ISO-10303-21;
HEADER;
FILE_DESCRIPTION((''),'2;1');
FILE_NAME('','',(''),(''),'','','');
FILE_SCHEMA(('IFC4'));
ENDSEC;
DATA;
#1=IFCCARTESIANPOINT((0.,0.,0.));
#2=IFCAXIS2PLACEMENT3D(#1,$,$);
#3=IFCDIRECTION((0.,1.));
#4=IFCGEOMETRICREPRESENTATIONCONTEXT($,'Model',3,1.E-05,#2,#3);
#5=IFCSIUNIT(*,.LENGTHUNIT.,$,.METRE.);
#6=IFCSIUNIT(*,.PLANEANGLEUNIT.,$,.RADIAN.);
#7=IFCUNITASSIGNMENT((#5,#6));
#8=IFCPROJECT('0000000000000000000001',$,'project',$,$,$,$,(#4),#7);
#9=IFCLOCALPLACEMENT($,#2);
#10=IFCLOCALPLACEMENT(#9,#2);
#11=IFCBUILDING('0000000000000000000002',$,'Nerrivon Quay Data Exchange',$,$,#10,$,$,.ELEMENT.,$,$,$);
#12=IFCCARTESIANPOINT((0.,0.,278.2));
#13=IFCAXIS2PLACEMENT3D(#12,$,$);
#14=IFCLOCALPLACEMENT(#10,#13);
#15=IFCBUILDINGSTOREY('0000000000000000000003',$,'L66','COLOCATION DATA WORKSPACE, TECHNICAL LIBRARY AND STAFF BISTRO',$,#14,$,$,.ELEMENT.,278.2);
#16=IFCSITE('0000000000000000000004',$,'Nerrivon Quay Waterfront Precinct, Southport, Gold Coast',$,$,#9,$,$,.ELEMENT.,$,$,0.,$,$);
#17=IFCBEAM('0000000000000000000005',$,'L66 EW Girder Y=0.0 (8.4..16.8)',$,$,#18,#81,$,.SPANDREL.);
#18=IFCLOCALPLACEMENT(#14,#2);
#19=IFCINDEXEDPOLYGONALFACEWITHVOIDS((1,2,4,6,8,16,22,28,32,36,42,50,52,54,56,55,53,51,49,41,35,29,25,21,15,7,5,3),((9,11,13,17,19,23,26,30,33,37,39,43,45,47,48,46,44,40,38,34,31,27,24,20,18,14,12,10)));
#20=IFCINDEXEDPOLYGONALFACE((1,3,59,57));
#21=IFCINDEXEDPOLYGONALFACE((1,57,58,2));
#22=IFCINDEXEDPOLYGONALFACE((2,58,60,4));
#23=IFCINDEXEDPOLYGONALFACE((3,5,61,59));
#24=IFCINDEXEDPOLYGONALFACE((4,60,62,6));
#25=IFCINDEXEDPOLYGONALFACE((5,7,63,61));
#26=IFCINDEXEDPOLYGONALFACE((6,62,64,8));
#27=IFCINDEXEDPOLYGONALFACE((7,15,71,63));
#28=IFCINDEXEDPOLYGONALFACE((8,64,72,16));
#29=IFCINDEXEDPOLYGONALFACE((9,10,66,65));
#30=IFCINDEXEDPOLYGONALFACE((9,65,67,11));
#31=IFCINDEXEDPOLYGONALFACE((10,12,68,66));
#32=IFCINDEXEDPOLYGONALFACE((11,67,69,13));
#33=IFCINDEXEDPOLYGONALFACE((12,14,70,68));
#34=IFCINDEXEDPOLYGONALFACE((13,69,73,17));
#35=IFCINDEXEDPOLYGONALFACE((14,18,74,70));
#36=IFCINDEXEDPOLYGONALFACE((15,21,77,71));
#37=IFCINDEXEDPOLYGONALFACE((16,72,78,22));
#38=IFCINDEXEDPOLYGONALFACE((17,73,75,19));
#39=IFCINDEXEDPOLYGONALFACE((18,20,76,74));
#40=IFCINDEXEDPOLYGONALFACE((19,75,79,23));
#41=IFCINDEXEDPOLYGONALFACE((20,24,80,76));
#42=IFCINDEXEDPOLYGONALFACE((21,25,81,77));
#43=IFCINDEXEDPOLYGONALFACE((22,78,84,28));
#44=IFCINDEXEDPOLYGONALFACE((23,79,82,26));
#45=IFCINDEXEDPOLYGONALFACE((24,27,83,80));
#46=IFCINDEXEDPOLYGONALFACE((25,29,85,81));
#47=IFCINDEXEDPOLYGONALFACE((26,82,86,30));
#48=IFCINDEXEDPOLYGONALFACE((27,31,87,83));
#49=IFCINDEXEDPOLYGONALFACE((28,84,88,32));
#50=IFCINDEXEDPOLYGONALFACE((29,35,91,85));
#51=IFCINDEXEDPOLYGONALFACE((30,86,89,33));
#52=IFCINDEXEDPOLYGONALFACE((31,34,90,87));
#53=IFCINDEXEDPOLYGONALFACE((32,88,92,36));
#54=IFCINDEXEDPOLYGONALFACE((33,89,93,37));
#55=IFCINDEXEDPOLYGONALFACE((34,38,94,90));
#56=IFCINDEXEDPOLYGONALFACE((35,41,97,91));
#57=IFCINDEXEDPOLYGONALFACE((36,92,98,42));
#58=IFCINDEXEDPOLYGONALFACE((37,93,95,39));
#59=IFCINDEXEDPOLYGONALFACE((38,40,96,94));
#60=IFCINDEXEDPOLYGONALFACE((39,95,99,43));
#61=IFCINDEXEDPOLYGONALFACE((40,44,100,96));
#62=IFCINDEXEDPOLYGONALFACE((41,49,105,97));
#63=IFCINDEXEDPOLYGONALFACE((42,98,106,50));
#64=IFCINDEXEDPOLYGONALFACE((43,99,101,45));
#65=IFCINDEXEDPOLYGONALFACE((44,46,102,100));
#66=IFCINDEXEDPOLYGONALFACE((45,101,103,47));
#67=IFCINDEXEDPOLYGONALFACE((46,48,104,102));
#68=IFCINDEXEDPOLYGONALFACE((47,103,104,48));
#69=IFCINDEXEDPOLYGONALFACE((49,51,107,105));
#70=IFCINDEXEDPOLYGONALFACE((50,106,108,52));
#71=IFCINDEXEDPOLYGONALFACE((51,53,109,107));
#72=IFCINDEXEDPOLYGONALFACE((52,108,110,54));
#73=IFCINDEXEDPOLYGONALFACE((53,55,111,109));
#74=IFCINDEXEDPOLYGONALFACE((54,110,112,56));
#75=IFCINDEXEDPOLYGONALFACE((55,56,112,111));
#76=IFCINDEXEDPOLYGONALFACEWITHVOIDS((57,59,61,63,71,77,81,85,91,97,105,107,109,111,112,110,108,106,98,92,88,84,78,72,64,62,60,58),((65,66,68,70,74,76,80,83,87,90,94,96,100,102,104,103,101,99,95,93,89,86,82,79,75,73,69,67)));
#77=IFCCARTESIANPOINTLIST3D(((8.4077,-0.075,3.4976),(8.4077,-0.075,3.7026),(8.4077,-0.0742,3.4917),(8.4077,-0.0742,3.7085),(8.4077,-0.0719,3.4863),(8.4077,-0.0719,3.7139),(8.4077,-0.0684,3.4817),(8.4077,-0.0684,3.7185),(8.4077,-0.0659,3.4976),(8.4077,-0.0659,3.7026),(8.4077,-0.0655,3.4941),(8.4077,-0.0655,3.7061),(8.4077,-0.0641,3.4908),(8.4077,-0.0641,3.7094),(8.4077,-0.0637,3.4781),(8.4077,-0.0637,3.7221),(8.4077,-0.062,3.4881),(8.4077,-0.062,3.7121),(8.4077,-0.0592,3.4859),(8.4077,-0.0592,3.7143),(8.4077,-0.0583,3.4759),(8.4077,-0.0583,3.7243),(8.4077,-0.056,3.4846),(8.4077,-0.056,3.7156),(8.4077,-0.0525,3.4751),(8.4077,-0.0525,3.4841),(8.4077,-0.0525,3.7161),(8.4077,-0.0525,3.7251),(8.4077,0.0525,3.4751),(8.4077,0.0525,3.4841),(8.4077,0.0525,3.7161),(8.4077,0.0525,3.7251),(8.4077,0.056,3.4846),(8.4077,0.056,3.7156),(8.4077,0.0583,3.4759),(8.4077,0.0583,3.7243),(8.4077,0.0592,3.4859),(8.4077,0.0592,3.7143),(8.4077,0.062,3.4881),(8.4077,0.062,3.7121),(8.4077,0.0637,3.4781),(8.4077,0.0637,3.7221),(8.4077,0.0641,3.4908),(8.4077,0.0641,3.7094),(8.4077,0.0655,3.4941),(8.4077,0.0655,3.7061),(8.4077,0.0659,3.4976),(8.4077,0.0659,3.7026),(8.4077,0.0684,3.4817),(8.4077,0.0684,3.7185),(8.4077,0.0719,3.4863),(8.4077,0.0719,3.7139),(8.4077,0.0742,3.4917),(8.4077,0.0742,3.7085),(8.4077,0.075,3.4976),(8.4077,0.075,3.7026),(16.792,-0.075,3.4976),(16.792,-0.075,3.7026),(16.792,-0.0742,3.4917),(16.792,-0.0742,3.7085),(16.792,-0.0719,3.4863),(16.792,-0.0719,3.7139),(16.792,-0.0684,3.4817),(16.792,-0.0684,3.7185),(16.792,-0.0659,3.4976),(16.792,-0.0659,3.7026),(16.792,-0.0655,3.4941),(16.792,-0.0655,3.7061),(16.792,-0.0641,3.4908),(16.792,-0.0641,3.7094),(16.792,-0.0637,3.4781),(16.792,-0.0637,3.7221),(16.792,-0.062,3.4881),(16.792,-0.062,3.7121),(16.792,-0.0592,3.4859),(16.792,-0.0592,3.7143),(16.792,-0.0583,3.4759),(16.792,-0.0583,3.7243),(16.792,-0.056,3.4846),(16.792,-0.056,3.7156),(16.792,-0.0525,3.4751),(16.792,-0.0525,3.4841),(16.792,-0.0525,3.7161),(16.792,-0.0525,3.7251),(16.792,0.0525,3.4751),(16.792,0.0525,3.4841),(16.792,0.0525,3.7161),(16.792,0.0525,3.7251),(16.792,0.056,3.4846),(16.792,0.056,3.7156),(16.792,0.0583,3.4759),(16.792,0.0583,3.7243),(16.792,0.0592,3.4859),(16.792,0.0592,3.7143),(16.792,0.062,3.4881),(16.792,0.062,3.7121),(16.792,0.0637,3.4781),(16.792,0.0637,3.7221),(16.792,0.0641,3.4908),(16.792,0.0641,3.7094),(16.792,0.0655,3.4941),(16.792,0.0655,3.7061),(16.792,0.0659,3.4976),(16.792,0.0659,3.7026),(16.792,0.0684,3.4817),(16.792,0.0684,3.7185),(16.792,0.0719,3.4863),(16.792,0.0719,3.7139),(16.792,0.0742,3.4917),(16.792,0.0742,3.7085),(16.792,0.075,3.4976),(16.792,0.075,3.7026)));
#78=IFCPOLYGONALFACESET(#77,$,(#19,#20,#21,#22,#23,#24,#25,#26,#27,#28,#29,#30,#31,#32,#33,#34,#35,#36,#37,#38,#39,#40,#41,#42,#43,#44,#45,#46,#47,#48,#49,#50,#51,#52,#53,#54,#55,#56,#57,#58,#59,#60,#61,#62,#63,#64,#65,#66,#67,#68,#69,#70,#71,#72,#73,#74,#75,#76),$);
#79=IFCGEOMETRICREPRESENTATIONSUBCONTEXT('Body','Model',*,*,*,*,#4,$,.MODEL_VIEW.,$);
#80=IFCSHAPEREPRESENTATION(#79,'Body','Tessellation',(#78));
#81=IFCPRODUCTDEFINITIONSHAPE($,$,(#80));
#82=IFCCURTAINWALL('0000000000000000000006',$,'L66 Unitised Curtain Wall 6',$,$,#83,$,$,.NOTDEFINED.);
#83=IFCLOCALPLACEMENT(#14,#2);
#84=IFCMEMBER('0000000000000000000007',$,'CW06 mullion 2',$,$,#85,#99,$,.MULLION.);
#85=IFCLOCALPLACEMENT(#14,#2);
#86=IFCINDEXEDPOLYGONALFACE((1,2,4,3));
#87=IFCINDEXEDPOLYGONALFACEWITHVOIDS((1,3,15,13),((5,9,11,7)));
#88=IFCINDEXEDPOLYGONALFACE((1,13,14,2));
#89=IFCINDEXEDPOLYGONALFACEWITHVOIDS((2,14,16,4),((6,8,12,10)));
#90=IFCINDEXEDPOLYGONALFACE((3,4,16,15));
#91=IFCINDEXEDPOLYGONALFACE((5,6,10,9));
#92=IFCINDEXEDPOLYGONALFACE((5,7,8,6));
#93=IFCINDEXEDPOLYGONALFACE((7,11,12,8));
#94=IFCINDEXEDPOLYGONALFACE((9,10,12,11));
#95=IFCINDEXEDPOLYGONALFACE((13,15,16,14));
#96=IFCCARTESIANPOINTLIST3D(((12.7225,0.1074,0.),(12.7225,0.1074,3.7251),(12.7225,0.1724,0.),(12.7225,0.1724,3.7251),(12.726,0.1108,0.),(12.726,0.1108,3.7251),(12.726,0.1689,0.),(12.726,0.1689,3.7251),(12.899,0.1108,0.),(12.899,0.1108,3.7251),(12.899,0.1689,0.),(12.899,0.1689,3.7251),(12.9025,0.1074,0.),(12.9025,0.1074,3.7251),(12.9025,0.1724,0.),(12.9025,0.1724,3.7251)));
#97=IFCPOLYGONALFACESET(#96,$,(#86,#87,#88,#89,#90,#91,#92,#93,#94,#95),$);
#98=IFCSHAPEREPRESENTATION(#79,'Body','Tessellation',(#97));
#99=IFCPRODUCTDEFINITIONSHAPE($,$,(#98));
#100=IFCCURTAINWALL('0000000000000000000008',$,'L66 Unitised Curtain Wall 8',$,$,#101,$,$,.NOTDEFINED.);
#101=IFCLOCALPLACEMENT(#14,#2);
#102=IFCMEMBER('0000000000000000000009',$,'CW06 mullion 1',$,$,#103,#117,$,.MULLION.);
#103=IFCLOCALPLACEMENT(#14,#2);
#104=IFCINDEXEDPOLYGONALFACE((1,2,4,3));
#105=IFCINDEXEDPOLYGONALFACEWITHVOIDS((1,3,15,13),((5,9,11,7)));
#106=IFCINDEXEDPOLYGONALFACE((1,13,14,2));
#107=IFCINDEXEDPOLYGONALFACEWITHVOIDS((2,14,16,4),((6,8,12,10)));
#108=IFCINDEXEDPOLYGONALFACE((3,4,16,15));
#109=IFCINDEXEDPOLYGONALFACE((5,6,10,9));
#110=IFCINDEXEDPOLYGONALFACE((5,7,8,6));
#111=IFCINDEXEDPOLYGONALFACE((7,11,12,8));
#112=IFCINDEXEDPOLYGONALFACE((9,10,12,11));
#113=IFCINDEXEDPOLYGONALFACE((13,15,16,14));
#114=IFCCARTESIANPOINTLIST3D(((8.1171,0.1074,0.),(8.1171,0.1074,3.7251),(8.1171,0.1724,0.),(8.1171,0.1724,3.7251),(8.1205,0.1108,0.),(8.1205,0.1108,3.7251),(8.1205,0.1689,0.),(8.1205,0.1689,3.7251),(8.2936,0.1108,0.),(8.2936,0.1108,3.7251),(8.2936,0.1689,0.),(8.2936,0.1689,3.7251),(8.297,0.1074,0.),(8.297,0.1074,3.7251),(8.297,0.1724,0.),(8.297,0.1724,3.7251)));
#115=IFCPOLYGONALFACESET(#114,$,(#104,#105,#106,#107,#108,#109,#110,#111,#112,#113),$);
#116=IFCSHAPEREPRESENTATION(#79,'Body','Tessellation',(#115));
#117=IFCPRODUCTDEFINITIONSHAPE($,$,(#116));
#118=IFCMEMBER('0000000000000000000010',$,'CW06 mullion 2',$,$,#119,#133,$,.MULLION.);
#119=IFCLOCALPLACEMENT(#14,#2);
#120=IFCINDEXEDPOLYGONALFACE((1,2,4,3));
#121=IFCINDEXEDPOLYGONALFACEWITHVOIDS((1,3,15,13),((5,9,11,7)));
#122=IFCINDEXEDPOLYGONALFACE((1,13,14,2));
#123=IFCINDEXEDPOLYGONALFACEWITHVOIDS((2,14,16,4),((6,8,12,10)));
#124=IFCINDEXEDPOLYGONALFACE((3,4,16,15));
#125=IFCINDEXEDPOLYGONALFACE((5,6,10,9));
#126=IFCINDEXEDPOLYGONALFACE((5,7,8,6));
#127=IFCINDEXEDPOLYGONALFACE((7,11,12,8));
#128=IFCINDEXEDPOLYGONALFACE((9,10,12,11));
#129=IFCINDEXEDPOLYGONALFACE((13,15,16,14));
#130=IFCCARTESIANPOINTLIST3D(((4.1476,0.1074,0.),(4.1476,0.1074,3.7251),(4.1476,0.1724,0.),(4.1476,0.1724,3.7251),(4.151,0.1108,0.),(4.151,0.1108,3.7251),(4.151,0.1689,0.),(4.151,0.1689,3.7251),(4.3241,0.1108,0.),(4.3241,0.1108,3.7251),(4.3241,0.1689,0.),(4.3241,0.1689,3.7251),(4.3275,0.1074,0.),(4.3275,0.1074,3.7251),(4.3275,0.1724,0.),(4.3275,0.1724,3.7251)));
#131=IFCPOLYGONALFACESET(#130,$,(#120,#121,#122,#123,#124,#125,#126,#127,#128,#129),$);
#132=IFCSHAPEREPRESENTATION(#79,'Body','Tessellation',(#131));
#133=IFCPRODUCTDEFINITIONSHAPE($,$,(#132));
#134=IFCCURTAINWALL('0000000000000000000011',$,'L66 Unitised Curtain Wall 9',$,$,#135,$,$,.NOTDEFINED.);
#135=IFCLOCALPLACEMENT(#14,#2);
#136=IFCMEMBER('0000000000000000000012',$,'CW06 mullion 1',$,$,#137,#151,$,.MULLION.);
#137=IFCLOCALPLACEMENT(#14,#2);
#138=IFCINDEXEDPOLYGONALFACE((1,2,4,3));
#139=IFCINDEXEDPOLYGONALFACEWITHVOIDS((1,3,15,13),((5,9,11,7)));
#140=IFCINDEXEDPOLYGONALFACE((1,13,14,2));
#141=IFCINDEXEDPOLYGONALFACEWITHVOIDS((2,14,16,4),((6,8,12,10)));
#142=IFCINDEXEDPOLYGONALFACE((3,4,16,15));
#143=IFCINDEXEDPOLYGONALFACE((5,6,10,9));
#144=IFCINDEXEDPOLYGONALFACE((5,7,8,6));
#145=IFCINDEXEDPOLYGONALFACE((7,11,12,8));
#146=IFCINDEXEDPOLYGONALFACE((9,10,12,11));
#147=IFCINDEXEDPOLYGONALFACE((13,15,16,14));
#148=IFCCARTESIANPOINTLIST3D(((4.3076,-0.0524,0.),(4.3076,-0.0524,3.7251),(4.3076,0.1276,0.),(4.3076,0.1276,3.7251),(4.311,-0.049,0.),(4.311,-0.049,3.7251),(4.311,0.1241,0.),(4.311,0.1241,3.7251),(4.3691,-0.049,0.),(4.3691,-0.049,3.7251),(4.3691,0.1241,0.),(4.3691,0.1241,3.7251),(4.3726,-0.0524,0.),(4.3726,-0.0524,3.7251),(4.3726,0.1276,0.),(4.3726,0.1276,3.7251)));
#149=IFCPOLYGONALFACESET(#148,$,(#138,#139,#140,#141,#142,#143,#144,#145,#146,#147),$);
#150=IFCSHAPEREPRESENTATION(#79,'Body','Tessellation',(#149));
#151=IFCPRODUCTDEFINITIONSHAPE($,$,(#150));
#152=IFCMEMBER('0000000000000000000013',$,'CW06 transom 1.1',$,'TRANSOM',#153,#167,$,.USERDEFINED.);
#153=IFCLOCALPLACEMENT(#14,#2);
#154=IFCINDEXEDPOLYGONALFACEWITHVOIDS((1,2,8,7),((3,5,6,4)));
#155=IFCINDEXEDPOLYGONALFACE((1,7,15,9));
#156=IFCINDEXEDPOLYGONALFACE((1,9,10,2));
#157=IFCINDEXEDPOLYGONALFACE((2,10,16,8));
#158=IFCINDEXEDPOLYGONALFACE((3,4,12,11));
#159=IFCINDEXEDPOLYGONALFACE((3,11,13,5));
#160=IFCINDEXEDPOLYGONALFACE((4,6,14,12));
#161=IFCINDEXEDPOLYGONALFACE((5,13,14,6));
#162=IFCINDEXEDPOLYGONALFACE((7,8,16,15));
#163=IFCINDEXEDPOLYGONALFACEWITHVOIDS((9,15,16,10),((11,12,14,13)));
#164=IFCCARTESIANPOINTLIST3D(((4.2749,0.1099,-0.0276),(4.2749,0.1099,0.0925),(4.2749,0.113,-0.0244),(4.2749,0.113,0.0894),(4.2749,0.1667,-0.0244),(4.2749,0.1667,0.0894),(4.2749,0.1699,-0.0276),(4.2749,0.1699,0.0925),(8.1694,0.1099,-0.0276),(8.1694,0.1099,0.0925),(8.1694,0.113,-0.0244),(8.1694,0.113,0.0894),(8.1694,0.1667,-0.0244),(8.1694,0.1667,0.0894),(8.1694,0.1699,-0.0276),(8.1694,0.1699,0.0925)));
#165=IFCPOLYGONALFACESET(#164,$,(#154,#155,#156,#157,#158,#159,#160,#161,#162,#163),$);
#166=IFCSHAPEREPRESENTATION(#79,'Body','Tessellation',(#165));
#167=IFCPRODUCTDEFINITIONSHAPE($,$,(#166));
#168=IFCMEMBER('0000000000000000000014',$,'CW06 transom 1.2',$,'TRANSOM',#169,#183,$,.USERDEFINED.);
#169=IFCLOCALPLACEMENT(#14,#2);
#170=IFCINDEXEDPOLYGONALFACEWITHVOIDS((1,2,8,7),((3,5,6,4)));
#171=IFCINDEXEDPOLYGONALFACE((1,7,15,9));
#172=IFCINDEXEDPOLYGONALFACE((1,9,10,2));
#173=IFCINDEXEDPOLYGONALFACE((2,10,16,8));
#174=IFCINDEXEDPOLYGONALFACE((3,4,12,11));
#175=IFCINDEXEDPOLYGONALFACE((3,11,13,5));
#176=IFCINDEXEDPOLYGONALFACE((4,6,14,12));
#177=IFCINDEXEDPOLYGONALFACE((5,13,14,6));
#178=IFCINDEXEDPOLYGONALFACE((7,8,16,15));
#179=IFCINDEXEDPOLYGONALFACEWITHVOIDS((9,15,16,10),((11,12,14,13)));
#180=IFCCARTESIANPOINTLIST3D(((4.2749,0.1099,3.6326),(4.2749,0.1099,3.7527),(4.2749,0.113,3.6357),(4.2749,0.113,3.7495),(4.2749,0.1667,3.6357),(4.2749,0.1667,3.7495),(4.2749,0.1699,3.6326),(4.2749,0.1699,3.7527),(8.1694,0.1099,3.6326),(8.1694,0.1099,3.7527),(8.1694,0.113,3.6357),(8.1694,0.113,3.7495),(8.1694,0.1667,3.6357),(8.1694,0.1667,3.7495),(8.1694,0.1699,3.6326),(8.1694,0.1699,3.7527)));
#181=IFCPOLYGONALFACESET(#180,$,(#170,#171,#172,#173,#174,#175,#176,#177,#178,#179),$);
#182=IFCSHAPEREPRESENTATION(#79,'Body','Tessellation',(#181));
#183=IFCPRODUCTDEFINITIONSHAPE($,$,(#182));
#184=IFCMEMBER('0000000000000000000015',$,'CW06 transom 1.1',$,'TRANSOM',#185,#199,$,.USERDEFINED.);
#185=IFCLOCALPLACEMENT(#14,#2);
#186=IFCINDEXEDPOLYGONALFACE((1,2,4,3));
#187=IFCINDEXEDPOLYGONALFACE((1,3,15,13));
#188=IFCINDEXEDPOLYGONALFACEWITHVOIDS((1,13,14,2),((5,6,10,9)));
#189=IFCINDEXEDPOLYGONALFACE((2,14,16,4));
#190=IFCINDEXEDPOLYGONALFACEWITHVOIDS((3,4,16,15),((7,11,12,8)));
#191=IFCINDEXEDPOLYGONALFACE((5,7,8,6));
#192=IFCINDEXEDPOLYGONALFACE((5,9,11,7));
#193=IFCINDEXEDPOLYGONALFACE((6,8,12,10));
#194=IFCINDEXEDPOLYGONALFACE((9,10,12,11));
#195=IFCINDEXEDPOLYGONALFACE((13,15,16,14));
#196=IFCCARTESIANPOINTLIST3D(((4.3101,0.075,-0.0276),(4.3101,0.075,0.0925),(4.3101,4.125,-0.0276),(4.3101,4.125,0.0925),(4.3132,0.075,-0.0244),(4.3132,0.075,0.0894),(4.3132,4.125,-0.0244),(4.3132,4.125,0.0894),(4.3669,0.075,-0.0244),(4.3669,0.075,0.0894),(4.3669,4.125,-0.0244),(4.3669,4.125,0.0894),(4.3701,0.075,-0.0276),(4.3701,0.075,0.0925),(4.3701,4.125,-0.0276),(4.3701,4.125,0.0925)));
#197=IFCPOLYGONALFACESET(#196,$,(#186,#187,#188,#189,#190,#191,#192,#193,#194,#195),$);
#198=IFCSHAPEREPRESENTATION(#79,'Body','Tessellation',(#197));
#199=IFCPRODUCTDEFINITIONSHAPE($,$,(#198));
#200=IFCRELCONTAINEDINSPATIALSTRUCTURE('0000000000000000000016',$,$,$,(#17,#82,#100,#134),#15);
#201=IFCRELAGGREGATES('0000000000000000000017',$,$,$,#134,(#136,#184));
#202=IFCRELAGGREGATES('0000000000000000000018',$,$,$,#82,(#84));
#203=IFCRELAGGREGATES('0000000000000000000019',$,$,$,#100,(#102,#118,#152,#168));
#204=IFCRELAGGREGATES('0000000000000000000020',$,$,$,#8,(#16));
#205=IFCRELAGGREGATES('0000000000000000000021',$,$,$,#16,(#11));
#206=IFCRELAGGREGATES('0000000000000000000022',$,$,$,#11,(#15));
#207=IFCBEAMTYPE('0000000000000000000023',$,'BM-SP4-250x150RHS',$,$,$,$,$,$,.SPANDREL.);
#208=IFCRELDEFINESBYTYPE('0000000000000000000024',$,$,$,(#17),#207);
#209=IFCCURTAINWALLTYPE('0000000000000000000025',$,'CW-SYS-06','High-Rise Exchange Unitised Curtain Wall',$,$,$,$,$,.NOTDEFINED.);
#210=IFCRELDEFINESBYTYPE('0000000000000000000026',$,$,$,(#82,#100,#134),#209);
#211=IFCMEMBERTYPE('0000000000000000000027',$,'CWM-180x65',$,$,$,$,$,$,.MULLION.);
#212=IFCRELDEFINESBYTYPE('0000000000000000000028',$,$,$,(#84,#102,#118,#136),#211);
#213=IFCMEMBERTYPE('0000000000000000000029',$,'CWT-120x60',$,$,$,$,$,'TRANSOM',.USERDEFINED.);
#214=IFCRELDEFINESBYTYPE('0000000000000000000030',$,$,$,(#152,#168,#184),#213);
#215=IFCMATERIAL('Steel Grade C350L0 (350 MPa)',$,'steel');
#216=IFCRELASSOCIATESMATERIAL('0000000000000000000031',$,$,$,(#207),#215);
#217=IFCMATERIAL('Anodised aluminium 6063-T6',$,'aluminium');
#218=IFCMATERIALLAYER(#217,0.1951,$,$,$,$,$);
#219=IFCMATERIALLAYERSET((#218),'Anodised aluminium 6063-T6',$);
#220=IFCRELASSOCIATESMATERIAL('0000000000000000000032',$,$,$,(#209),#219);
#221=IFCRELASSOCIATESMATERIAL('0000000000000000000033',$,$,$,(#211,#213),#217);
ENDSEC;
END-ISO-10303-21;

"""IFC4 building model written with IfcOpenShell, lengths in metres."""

from ifc_helpers import new_model, si_unit, direction, frame, origin, origin_2d, place, context, subcontext, project, spatial, hollow_rectangle, extrude, material, layer, layer_set, material_profile, profile_set, type_object, element, aggregate, save


model = new_model("IFC4")

# Units and contexts
model_context = context("Model", 3, precision=1e-05, world=origin(), true_north=direction((0.0, 1.0)))
body_context = subcontext(model_context, "Body", "Model", "MODEL_VIEW")
ifc_project = project(units=[si_unit("LENGTHUNIT", "METRE"), si_unit("PLANEANGLEUNIT", "RADIAN")], contexts=[model_context])

# Site, building, storey
site_placement = place(None, origin())
site = spatial("IfcSite", under=ifc_project, at=site_placement, Name="Nerrivon Quay Waterfront Precinct, Southport, Gold Coast", CompositionType="ELEMENT", RefElevation=0.0)
building_placement = place(site_placement, origin())
building = spatial("IfcBuilding", under=site, at=building_placement, Name="Nerrivon Quay Data Exchange", CompositionType="ELEMENT")
storey_placement = place(building_placement, frame((0.0, 0.0, 278.2)))
storey = spatial("IfcBuildingStorey", under=building, at=storey_placement, Name="L66", Description="COLOCATION DATA WORKSPACE, TECHNICAL LIBRARY AND STAFF BISTRO", CompositionType="ELEMENT", Elevation=278.2)

# Beam
ifc_material_1 = material(Name="Steel Grade C350L0 (350 MPa)", Category="steel")
ifc_material_profile_1 = material_profile(ifc_material_1, hollow_rectangle(XDim=0.1499, YDim=0.25, WallThickness=0.009, InnerFilletRadius=0.0134, OuterFilletRadius=0.0225, at=origin_2d()), Name="250x150x9.0RHS")
ifc_profile_set_1 = profile_set([ifc_material_profile_1], Name="Steel Grade C350L0 (350 MPa)")
beam_type_1 = type_object("IfcBeamType", Name="BM-SP4-250x150RHS", PredefinedType="SPANDREL", material=ifc_profile_set_1)
beam_1_placement = place(storey_placement, frame((8.4077, 0.0, 3.6001), z_axis=(1.0, 0.0, 0.0), x_axis=(0.0, 1.0, 0.0)))
element("IfcBeam", 1, at=beam_1_placement, inside=storey, type_object=beam_type_1, Name="L66 EW Girder Y=0.0 (8.4..16.8)", PredefinedType="SPANDREL", context=body_context, shape_type="SweptSolid", body=[
    extrude(hollow_rectangle(XDim=0.1499, YDim=0.25, WallThickness=0.009, InnerFilletRadius=0.0134, OuterFilletRadius=0.0225, at=origin_2d()), origin(), (0.0, 0.0, 1.0), 8.3843),
])

# Curtain wall, member
ifc_material_2 = material(Name="Anodised aluminium 6063-T6", Category="aluminium")
ifc_layer_1 = layer(ifc_material_2, 0.1951)
ifc_layer_set_1 = layer_set([ifc_layer_1], Name="Anodised aluminium 6063-T6")
curtain_wall_type = type_object("IfcCurtainWallType", Name="CW-SYS-06", Description="High-Rise Exchange Unitised Curtain Wall", PredefinedType="NOTDEFINED", material=ifc_layer_set_1)
curtain_wall_1_placement = place(storey_placement, origin())
curtain_wall_1 = element("IfcCurtainWall", 2, at=curtain_wall_1_placement, inside=storey, type_object=curtain_wall_type, Name="L66 Unitised Curtain Wall 6", PredefinedType="NOTDEFINED")
ifc_material_profile_2 = material_profile(ifc_material_2, hollow_rectangle(XDim=0.0649, YDim=0.1799, WallThickness=0.0034, at=origin_2d()), Name="ALU-MULL-180x65")
ifc_profile_set_2 = profile_set([ifc_material_profile_2], Name="Anodised aluminium 6063-T6")
member_type_1 = type_object("IfcMemberType", Name="CWM-180x65", PredefinedType="MULLION", material=ifc_profile_set_2)
member_1_placement = place(storey_placement, frame((12.8125, 0.1399, 0.0), z_axis=(0.0, 0.0, 1.0), x_axis=(0.0, -1.0, 0.0)))
member_1 = element("IfcMember", 3, at=member_1_placement, type_object=member_type_1, Name="CW06 mullion 2", PredefinedType="MULLION", context=body_context, shape_type="SweptSolid", body=[
    extrude(hollow_rectangle(XDim=0.0649, YDim=0.1799, WallThickness=0.0034, at=origin_2d()), origin(), (0.0, 0.0, 1.0), 3.7251),
])

# Curtain wall, members
curtain_wall_2_placement = place(storey_placement, origin())
curtain_wall_2 = element("IfcCurtainWall", 4, at=curtain_wall_2_placement, inside=storey, type_object=curtain_wall_type, Name="L66 Unitised Curtain Wall 8", PredefinedType="NOTDEFINED")
member_2_placement = place(storey_placement, frame((8.207, 0.1399, 0.0), z_axis=(0.0, 0.0, 1.0), x_axis=(0.0, -1.0, 0.0)))
member_2 = element("IfcMember", 5, at=member_2_placement, type_object=member_type_1, Name="CW06 mullion 1", PredefinedType="MULLION", context=body_context, shape_type="SweptSolid", body=[
    extrude(hollow_rectangle(XDim=0.0649, YDim=0.1799, WallThickness=0.0034, at=origin_2d()), origin(), (0.0, 0.0, 1.0), 3.7251),
])
member_3_placement = place(storey_placement, frame((4.2375, 0.1399, 0.0), z_axis=(0.0, 0.0, 1.0), x_axis=(0.0, -1.0, 0.0)))
member_3 = element("IfcMember", 6, at=member_3_placement, type_object=member_type_1, Name="CW06 mullion 2", PredefinedType="MULLION", context=body_context, shape_type="SweptSolid", body=[
    extrude(hollow_rectangle(XDim=0.0649, YDim=0.1799, WallThickness=0.0034, at=origin_2d()), origin(), (0.0, 0.0, 1.0), 3.7251),
])

# Curtain wall, member
curtain_wall_3_placement = place(storey_placement, origin())
curtain_wall_3 = element("IfcCurtainWall", 7, at=curtain_wall_3_placement, inside=storey, type_object=curtain_wall_type, Name="L66 Unitised Curtain Wall 9", PredefinedType="NOTDEFINED")
member_4_placement = place(storey_placement, frame((4.3401, 0.0376, 0.0), z_axis=(0.0, 0.0, 1.0), x_axis=(-1.0, 0.0, 0.0)))
member_4 = element("IfcMember", 8, at=member_4_placement, type_object=member_type_1, Name="CW06 mullion 1", PredefinedType="MULLION", context=body_context, shape_type="SweptSolid", body=[
    extrude(hollow_rectangle(XDim=0.0649, YDim=0.1799, WallThickness=0.0034, at=origin_2d()), origin(), (0.0, 0.0, 1.0), 3.7251),
])

# Members
ifc_material_profile_3 = material_profile(ifc_material_2, hollow_rectangle(XDim=0.0601, YDim=0.1201, WallThickness=0.0032, at=origin_2d()), Name="ALU-TRAN-120x60")
ifc_profile_set_3 = profile_set([ifc_material_profile_3], Name="Anodised aluminium 6063-T6")
member_type_2 = type_object("IfcMemberType", Name="CWT-120x60", ElementType="TRANSOM", PredefinedType="USERDEFINED", material=ifc_profile_set_3)
member_5_placement = place(storey_placement, frame((8.1694, 0.1399, 0.0325), z_axis=(-1.0, 0.0, 0.0), x_axis=(0.0, -1.0, 0.0)))
member_5 = element("IfcMember", 9, at=member_5_placement, type_object=member_type_2, Name="CW06 transom 1.1", ObjectType="TRANSOM", PredefinedType="USERDEFINED", context=body_context, shape_type="SweptSolid", body=[
    extrude(hollow_rectangle(XDim=0.0601, YDim=0.1201, WallThickness=0.0032, at=origin_2d()), origin(), (0.0, 0.0, 1.0), 3.8945),
])
member_6_placement = place(storey_placement, frame((8.1694, 0.1399, 3.6926), z_axis=(-1.0, 0.0, 0.0), x_axis=(0.0, -1.0, 0.0)))
member_6 = element("IfcMember", 10, at=member_6_placement, type_object=member_type_2, Name="CW06 transom 1.2", ObjectType="TRANSOM", PredefinedType="USERDEFINED", context=body_context, shape_type="SweptSolid", body=[
    extrude(hollow_rectangle(XDim=0.0601, YDim=0.1201, WallThickness=0.0032, at=origin_2d()), origin(), (0.0, 0.0, 1.0), 3.8945),
])
member_7_placement = place(storey_placement, frame((4.3401, 0.075, 0.0325), z_axis=(0.0, 1.0, 0.0), x_axis=(-1.0, 0.0, 0.0)))
member_7 = element("IfcMember", 11, at=member_7_placement, type_object=member_type_2, Name="CW06 transom 1.1", ObjectType="TRANSOM", PredefinedType="USERDEFINED", context=body_context, shape_type="SweptSolid", body=[
    extrude(hollow_rectangle(XDim=0.0601, YDim=0.1201, WallThickness=0.0032, at=origin_2d()), origin(), (0.0, 0.0, 1.0), 4.05),
])
aggregate(curtain_wall_3, [member_4, member_7])

aggregate(curtain_wall_1, [member_1])
aggregate(curtain_wall_2, [member_2, member_3, member_5, member_6])

save(model, "model.ifc")
